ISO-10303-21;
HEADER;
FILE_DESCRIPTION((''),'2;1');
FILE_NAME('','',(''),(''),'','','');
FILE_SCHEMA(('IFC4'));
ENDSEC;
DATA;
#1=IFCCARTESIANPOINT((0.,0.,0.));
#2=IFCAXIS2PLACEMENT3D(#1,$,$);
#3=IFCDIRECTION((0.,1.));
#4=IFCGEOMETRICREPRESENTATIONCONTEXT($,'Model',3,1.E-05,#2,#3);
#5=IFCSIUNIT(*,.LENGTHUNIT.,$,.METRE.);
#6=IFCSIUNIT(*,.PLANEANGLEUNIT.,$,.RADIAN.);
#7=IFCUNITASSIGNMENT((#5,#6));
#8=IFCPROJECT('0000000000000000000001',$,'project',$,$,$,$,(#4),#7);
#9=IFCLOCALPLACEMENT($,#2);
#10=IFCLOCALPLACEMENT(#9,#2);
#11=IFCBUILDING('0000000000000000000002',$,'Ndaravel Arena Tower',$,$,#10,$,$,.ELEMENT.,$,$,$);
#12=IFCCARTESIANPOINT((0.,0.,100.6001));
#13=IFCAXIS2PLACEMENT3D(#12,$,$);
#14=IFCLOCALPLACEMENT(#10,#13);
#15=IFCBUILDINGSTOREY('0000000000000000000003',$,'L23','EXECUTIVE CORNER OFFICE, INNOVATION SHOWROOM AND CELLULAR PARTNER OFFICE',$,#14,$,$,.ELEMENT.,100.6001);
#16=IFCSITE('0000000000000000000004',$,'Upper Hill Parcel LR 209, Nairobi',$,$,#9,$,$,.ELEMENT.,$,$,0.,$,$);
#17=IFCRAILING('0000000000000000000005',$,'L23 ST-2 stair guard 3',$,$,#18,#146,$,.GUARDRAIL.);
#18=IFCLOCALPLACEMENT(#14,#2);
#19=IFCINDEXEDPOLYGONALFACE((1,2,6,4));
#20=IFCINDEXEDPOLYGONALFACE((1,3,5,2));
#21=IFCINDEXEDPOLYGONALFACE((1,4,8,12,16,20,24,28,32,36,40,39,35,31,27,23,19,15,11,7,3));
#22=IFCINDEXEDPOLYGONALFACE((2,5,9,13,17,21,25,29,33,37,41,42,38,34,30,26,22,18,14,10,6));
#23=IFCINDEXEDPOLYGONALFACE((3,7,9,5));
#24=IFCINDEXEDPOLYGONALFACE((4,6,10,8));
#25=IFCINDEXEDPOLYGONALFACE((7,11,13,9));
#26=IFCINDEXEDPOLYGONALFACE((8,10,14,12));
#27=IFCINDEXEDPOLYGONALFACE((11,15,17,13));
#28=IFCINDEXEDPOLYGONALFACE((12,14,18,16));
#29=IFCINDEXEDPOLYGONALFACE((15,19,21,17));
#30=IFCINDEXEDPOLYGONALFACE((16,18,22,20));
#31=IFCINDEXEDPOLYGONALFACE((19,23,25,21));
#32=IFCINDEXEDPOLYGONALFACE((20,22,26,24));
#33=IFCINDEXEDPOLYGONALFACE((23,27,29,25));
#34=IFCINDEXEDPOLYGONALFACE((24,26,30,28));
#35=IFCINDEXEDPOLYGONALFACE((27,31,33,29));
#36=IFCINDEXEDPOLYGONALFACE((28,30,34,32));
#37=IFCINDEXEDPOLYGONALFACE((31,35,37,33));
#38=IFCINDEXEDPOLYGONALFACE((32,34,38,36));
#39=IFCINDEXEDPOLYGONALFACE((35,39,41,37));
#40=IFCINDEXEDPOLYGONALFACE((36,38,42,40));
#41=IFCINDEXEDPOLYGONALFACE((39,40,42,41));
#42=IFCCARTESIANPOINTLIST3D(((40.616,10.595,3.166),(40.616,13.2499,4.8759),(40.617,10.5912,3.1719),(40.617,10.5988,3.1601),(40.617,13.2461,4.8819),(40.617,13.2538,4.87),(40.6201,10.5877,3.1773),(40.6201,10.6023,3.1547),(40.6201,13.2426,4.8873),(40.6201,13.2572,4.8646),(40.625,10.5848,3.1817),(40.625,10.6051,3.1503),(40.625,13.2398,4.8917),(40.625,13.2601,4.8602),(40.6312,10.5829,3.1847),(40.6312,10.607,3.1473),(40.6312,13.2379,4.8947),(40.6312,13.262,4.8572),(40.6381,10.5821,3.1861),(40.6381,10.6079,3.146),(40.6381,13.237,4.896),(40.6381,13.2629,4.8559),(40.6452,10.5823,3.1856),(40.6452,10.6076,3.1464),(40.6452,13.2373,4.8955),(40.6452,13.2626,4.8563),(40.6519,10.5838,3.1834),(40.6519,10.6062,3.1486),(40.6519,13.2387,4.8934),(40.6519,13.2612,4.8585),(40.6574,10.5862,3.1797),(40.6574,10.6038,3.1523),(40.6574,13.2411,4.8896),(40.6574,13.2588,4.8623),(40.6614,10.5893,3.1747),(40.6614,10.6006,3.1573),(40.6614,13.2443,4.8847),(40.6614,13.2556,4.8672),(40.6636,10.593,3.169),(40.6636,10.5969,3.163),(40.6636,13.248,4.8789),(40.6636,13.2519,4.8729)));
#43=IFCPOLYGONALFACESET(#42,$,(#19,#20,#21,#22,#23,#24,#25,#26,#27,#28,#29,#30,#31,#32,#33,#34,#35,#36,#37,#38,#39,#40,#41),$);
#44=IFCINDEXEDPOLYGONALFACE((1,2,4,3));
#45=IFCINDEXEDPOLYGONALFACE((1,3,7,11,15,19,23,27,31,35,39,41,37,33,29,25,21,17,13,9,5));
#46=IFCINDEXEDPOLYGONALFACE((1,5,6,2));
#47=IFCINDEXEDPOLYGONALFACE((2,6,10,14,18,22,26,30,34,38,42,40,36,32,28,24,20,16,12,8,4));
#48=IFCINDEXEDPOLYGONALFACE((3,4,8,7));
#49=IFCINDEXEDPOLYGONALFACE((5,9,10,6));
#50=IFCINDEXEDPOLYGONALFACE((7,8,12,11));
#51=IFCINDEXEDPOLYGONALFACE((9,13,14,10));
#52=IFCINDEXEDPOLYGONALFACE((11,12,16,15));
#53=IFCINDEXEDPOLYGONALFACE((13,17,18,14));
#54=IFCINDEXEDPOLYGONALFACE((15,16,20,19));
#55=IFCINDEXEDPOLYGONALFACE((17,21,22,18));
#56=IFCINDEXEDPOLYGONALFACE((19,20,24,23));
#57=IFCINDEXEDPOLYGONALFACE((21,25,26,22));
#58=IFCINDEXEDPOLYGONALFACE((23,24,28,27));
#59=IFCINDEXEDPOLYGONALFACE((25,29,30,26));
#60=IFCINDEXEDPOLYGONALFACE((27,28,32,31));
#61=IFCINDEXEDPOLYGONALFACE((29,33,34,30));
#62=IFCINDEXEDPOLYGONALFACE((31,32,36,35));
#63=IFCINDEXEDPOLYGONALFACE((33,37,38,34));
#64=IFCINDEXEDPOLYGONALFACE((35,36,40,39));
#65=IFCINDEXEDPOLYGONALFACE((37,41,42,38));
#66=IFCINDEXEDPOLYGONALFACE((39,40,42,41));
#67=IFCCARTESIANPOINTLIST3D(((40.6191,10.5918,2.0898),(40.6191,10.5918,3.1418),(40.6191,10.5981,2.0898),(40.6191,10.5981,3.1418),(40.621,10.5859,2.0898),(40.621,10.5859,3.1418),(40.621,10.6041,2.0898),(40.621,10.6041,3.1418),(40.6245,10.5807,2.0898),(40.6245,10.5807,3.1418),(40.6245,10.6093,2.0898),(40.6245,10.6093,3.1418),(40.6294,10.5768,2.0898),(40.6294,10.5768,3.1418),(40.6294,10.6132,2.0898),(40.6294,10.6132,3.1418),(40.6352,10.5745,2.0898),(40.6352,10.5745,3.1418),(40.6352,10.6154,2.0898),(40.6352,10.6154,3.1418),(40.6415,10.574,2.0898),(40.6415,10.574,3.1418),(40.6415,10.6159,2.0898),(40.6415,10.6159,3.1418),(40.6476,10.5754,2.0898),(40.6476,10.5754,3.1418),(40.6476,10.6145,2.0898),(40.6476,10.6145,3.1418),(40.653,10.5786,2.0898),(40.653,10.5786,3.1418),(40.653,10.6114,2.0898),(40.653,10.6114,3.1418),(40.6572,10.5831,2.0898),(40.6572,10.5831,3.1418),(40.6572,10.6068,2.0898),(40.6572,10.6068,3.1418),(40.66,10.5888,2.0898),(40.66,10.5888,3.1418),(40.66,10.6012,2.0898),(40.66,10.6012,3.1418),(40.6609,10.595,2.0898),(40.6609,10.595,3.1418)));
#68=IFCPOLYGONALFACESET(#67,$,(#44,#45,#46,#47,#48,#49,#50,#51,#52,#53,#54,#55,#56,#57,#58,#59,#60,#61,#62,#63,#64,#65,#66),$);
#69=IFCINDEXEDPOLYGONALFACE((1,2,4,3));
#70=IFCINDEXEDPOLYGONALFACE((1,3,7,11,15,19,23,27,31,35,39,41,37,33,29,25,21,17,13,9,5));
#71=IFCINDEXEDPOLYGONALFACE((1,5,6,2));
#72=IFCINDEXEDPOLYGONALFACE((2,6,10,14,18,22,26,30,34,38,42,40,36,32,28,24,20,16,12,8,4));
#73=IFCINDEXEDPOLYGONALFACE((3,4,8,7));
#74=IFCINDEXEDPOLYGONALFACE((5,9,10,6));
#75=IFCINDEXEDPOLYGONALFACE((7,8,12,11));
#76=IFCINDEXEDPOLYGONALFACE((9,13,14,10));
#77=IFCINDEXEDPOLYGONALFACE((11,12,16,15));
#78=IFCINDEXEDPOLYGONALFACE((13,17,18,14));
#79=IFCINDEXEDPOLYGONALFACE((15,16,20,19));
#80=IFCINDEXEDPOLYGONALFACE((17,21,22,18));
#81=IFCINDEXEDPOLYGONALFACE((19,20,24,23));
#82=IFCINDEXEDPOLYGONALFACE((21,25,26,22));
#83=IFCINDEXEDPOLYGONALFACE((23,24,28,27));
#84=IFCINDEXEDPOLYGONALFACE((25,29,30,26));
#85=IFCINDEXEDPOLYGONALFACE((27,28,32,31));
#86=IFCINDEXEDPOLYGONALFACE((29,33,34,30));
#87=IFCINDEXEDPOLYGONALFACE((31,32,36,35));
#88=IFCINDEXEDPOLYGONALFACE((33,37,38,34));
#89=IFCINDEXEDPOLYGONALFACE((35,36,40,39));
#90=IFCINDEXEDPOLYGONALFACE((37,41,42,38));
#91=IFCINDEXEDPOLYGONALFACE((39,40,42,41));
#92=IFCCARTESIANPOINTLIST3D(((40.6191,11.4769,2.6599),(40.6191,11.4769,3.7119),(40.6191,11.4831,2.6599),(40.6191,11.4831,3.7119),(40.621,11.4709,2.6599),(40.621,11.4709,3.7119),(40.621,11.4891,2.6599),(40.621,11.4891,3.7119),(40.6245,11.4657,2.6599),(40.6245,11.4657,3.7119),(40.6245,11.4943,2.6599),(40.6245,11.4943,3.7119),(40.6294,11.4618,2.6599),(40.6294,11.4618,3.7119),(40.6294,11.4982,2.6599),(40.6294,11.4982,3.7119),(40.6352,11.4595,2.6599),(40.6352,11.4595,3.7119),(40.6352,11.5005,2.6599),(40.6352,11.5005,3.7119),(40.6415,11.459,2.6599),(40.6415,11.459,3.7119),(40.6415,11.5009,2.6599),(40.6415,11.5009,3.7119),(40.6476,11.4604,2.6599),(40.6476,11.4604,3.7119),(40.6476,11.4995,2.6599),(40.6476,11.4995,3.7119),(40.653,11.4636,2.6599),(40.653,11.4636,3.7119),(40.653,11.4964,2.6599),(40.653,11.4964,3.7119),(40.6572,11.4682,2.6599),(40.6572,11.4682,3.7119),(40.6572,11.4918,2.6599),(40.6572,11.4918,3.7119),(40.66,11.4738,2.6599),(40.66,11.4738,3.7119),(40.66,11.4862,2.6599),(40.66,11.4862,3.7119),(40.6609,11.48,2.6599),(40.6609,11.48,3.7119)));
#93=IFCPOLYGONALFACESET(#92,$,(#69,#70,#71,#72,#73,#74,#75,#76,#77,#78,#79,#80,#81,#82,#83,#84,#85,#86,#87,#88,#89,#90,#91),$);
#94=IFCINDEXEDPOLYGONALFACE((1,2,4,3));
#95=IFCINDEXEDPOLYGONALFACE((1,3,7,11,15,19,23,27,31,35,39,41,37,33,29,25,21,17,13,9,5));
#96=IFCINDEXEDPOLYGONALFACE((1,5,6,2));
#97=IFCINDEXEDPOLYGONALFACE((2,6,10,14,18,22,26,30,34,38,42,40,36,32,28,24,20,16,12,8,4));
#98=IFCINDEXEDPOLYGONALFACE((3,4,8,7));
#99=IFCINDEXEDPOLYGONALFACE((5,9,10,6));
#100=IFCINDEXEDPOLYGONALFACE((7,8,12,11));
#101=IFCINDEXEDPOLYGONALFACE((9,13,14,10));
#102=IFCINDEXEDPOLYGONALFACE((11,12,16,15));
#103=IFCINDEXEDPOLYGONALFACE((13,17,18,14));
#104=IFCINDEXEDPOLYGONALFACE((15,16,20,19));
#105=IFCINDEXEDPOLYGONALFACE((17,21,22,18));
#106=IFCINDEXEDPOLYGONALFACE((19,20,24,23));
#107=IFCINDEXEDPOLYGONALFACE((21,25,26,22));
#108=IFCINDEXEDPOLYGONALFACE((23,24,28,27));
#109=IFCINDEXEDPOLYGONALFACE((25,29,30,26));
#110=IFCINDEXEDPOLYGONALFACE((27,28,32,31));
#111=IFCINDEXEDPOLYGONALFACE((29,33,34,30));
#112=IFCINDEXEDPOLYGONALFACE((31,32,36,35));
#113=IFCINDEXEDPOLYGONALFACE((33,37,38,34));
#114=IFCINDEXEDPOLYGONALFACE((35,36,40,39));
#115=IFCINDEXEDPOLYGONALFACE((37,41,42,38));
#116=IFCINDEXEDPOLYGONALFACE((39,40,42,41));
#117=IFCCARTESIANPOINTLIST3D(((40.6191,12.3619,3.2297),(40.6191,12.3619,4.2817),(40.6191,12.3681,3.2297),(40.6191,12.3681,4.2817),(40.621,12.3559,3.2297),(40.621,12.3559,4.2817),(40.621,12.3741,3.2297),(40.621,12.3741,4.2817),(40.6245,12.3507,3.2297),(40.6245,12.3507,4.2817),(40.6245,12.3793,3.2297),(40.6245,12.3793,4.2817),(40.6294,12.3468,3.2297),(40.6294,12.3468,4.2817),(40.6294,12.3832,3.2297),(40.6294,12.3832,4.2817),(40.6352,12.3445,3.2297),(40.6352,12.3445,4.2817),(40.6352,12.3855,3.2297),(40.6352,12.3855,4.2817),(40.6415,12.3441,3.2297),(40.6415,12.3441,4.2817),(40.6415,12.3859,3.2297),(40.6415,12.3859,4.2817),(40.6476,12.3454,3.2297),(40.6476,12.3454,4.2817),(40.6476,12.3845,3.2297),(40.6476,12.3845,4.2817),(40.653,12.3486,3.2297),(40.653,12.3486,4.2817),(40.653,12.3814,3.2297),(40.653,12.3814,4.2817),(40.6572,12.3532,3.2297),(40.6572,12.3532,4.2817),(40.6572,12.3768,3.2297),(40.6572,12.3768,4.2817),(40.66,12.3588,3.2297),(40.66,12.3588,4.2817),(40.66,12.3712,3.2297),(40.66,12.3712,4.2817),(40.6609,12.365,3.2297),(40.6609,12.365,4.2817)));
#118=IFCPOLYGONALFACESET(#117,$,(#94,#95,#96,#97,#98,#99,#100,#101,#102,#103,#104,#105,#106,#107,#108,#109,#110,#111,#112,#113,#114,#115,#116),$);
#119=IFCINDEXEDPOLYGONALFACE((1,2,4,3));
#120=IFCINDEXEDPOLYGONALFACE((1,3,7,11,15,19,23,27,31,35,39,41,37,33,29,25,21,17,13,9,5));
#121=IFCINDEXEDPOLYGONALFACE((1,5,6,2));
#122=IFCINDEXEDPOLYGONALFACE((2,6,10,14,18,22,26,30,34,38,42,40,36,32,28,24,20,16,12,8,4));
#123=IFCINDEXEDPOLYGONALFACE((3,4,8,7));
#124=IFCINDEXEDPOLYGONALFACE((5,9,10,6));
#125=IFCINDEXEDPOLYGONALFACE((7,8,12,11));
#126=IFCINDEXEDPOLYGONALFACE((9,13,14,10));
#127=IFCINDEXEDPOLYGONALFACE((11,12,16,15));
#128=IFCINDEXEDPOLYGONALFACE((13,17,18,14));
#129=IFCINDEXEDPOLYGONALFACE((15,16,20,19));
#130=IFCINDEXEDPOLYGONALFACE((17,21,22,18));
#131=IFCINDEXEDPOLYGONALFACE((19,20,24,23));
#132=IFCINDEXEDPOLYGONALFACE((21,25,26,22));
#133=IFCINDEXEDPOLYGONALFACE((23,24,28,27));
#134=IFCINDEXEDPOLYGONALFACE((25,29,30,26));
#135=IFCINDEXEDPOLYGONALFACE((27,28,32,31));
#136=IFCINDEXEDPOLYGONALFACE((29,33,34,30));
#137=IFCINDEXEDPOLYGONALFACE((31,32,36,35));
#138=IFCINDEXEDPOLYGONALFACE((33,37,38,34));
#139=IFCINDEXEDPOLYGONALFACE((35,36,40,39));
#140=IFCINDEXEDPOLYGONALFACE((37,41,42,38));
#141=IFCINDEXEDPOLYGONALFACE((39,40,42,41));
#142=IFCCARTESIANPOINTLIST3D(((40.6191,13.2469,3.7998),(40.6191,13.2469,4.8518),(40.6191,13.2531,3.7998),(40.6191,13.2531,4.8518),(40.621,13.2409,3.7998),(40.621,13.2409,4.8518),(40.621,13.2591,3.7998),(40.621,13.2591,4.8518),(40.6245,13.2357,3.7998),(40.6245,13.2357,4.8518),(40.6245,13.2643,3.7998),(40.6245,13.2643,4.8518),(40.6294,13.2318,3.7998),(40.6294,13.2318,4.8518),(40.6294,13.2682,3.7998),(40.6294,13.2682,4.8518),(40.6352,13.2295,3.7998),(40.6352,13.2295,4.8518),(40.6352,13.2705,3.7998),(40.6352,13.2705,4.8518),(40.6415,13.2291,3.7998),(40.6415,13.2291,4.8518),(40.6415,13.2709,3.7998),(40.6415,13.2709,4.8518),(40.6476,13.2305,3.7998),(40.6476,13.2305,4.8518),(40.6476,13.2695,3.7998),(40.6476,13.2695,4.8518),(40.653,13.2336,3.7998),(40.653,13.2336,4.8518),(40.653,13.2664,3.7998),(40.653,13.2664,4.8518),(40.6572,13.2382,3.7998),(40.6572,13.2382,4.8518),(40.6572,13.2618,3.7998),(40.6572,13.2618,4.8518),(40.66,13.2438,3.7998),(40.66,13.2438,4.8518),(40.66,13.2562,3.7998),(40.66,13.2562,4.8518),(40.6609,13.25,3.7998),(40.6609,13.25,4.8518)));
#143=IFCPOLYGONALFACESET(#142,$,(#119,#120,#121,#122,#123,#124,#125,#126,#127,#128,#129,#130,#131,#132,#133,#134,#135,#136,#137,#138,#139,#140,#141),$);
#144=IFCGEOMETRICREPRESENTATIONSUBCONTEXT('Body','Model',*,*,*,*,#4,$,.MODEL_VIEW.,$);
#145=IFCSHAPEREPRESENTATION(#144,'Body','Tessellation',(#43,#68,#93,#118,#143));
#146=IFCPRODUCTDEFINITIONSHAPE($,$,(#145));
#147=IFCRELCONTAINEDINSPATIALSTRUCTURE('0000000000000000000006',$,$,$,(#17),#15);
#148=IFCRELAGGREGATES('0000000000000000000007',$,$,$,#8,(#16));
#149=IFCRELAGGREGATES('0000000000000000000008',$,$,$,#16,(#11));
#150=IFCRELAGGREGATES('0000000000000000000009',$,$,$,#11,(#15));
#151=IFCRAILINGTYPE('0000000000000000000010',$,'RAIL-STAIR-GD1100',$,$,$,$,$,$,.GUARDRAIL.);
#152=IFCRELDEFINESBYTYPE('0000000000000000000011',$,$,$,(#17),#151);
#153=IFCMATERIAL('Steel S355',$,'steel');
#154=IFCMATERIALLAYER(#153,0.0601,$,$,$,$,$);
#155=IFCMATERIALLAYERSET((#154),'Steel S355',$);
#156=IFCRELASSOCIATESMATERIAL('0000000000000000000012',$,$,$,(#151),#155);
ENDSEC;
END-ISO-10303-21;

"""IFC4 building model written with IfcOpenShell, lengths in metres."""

from ifc_helpers import new_model, si_unit, direction, frame, origin, origin_2d, place, context, subcontext, project, spatial, circle, extrude, material, layer, layer_set, type_object, element, save


model = new_model("IFC4")

# Units and contexts
model_context = context("Model", 3, precision=1e-05, world=origin(), true_north=direction((0.0, 1.0)))
body_context = subcontext(model_context, "Body", "Model", "MODEL_VIEW")
ifc_project = project(units=[si_unit("LENGTHUNIT", "METRE"), si_unit("PLANEANGLEUNIT", "RADIAN")], contexts=[model_context])

# Site, building, storey
site_placement = place(None, origin())
site = spatial("IfcSite", under=ifc_project, at=site_placement, Name="Upper Hill Parcel LR 209, Nairobi", CompositionType="ELEMENT", RefElevation=0.0)
building_placement = place(site_placement, origin())
building = spatial("IfcBuilding", under=site, at=building_placement, Name="Ndaravel Arena Tower", CompositionType="ELEMENT")
storey_placement = place(building_placement, frame((0.0, 0.0, 100.6001)))
storey = spatial("IfcBuildingStorey", under=building, at=storey_placement, Name="L23", Description="EXECUTIVE CORNER OFFICE, INNOVATION SHOWROOM AND CELLULAR PARTNER OFFICE", CompositionType="ELEMENT", Elevation=100.6001)

# Railing
ifc_material_1 = material(Name="Steel S355", Category="steel")
ifc_layer_1 = layer(ifc_material_1, 0.0601)
ifc_layer_set_1 = layer_set([ifc_layer_1], Name="Steel S355")
railing_type_1 = type_object("IfcRailingType", Name="RAIL-STAIR-GD1100", PredefinedType="GUARDRAIL", material=ifc_layer_set_1)
railing_1_placement = place(storey_placement, frame((40.6399, 10.595, 2.0898)))
element("IfcRailing", 1, at=railing_1_placement, inside=storey, type_object=railing_type_1, Name="L23 ST-2 stair guard 3", PredefinedType="GUARDRAIL", context=body_context, shape_type="SweptSolid", body=[
    extrude(circle(Radius=0.0239, at=origin_2d()), frame((0.0, 0.0, 1.0762), z_axis=(0.0, 0.840724, 0.541465), x_axis=(-1.0, 0.0, 0.0)), (0.0, 0.0, 1.0), 3.158),
    extrude(circle(Radius=0.021, at=origin_2d()), origin(), (0.0, 0.0, 1.0), 1.052),
    extrude(circle(Radius=0.021, at=origin_2d()), frame((0.0, 0.885, 0.5701)), (0.0, 0.0, 1.0), 1.052),
    extrude(circle(Radius=0.021, at=origin_2d()), frame((0.0, 1.77, 1.1399)), (0.0, 0.0, 1.0), 1.052),
    extrude(circle(Radius=0.021, at=origin_2d()), frame((0.0, 2.655, 1.71)), (0.0, 0.0, 1.0), 1.052),
])

save(model, "model.ifc")
